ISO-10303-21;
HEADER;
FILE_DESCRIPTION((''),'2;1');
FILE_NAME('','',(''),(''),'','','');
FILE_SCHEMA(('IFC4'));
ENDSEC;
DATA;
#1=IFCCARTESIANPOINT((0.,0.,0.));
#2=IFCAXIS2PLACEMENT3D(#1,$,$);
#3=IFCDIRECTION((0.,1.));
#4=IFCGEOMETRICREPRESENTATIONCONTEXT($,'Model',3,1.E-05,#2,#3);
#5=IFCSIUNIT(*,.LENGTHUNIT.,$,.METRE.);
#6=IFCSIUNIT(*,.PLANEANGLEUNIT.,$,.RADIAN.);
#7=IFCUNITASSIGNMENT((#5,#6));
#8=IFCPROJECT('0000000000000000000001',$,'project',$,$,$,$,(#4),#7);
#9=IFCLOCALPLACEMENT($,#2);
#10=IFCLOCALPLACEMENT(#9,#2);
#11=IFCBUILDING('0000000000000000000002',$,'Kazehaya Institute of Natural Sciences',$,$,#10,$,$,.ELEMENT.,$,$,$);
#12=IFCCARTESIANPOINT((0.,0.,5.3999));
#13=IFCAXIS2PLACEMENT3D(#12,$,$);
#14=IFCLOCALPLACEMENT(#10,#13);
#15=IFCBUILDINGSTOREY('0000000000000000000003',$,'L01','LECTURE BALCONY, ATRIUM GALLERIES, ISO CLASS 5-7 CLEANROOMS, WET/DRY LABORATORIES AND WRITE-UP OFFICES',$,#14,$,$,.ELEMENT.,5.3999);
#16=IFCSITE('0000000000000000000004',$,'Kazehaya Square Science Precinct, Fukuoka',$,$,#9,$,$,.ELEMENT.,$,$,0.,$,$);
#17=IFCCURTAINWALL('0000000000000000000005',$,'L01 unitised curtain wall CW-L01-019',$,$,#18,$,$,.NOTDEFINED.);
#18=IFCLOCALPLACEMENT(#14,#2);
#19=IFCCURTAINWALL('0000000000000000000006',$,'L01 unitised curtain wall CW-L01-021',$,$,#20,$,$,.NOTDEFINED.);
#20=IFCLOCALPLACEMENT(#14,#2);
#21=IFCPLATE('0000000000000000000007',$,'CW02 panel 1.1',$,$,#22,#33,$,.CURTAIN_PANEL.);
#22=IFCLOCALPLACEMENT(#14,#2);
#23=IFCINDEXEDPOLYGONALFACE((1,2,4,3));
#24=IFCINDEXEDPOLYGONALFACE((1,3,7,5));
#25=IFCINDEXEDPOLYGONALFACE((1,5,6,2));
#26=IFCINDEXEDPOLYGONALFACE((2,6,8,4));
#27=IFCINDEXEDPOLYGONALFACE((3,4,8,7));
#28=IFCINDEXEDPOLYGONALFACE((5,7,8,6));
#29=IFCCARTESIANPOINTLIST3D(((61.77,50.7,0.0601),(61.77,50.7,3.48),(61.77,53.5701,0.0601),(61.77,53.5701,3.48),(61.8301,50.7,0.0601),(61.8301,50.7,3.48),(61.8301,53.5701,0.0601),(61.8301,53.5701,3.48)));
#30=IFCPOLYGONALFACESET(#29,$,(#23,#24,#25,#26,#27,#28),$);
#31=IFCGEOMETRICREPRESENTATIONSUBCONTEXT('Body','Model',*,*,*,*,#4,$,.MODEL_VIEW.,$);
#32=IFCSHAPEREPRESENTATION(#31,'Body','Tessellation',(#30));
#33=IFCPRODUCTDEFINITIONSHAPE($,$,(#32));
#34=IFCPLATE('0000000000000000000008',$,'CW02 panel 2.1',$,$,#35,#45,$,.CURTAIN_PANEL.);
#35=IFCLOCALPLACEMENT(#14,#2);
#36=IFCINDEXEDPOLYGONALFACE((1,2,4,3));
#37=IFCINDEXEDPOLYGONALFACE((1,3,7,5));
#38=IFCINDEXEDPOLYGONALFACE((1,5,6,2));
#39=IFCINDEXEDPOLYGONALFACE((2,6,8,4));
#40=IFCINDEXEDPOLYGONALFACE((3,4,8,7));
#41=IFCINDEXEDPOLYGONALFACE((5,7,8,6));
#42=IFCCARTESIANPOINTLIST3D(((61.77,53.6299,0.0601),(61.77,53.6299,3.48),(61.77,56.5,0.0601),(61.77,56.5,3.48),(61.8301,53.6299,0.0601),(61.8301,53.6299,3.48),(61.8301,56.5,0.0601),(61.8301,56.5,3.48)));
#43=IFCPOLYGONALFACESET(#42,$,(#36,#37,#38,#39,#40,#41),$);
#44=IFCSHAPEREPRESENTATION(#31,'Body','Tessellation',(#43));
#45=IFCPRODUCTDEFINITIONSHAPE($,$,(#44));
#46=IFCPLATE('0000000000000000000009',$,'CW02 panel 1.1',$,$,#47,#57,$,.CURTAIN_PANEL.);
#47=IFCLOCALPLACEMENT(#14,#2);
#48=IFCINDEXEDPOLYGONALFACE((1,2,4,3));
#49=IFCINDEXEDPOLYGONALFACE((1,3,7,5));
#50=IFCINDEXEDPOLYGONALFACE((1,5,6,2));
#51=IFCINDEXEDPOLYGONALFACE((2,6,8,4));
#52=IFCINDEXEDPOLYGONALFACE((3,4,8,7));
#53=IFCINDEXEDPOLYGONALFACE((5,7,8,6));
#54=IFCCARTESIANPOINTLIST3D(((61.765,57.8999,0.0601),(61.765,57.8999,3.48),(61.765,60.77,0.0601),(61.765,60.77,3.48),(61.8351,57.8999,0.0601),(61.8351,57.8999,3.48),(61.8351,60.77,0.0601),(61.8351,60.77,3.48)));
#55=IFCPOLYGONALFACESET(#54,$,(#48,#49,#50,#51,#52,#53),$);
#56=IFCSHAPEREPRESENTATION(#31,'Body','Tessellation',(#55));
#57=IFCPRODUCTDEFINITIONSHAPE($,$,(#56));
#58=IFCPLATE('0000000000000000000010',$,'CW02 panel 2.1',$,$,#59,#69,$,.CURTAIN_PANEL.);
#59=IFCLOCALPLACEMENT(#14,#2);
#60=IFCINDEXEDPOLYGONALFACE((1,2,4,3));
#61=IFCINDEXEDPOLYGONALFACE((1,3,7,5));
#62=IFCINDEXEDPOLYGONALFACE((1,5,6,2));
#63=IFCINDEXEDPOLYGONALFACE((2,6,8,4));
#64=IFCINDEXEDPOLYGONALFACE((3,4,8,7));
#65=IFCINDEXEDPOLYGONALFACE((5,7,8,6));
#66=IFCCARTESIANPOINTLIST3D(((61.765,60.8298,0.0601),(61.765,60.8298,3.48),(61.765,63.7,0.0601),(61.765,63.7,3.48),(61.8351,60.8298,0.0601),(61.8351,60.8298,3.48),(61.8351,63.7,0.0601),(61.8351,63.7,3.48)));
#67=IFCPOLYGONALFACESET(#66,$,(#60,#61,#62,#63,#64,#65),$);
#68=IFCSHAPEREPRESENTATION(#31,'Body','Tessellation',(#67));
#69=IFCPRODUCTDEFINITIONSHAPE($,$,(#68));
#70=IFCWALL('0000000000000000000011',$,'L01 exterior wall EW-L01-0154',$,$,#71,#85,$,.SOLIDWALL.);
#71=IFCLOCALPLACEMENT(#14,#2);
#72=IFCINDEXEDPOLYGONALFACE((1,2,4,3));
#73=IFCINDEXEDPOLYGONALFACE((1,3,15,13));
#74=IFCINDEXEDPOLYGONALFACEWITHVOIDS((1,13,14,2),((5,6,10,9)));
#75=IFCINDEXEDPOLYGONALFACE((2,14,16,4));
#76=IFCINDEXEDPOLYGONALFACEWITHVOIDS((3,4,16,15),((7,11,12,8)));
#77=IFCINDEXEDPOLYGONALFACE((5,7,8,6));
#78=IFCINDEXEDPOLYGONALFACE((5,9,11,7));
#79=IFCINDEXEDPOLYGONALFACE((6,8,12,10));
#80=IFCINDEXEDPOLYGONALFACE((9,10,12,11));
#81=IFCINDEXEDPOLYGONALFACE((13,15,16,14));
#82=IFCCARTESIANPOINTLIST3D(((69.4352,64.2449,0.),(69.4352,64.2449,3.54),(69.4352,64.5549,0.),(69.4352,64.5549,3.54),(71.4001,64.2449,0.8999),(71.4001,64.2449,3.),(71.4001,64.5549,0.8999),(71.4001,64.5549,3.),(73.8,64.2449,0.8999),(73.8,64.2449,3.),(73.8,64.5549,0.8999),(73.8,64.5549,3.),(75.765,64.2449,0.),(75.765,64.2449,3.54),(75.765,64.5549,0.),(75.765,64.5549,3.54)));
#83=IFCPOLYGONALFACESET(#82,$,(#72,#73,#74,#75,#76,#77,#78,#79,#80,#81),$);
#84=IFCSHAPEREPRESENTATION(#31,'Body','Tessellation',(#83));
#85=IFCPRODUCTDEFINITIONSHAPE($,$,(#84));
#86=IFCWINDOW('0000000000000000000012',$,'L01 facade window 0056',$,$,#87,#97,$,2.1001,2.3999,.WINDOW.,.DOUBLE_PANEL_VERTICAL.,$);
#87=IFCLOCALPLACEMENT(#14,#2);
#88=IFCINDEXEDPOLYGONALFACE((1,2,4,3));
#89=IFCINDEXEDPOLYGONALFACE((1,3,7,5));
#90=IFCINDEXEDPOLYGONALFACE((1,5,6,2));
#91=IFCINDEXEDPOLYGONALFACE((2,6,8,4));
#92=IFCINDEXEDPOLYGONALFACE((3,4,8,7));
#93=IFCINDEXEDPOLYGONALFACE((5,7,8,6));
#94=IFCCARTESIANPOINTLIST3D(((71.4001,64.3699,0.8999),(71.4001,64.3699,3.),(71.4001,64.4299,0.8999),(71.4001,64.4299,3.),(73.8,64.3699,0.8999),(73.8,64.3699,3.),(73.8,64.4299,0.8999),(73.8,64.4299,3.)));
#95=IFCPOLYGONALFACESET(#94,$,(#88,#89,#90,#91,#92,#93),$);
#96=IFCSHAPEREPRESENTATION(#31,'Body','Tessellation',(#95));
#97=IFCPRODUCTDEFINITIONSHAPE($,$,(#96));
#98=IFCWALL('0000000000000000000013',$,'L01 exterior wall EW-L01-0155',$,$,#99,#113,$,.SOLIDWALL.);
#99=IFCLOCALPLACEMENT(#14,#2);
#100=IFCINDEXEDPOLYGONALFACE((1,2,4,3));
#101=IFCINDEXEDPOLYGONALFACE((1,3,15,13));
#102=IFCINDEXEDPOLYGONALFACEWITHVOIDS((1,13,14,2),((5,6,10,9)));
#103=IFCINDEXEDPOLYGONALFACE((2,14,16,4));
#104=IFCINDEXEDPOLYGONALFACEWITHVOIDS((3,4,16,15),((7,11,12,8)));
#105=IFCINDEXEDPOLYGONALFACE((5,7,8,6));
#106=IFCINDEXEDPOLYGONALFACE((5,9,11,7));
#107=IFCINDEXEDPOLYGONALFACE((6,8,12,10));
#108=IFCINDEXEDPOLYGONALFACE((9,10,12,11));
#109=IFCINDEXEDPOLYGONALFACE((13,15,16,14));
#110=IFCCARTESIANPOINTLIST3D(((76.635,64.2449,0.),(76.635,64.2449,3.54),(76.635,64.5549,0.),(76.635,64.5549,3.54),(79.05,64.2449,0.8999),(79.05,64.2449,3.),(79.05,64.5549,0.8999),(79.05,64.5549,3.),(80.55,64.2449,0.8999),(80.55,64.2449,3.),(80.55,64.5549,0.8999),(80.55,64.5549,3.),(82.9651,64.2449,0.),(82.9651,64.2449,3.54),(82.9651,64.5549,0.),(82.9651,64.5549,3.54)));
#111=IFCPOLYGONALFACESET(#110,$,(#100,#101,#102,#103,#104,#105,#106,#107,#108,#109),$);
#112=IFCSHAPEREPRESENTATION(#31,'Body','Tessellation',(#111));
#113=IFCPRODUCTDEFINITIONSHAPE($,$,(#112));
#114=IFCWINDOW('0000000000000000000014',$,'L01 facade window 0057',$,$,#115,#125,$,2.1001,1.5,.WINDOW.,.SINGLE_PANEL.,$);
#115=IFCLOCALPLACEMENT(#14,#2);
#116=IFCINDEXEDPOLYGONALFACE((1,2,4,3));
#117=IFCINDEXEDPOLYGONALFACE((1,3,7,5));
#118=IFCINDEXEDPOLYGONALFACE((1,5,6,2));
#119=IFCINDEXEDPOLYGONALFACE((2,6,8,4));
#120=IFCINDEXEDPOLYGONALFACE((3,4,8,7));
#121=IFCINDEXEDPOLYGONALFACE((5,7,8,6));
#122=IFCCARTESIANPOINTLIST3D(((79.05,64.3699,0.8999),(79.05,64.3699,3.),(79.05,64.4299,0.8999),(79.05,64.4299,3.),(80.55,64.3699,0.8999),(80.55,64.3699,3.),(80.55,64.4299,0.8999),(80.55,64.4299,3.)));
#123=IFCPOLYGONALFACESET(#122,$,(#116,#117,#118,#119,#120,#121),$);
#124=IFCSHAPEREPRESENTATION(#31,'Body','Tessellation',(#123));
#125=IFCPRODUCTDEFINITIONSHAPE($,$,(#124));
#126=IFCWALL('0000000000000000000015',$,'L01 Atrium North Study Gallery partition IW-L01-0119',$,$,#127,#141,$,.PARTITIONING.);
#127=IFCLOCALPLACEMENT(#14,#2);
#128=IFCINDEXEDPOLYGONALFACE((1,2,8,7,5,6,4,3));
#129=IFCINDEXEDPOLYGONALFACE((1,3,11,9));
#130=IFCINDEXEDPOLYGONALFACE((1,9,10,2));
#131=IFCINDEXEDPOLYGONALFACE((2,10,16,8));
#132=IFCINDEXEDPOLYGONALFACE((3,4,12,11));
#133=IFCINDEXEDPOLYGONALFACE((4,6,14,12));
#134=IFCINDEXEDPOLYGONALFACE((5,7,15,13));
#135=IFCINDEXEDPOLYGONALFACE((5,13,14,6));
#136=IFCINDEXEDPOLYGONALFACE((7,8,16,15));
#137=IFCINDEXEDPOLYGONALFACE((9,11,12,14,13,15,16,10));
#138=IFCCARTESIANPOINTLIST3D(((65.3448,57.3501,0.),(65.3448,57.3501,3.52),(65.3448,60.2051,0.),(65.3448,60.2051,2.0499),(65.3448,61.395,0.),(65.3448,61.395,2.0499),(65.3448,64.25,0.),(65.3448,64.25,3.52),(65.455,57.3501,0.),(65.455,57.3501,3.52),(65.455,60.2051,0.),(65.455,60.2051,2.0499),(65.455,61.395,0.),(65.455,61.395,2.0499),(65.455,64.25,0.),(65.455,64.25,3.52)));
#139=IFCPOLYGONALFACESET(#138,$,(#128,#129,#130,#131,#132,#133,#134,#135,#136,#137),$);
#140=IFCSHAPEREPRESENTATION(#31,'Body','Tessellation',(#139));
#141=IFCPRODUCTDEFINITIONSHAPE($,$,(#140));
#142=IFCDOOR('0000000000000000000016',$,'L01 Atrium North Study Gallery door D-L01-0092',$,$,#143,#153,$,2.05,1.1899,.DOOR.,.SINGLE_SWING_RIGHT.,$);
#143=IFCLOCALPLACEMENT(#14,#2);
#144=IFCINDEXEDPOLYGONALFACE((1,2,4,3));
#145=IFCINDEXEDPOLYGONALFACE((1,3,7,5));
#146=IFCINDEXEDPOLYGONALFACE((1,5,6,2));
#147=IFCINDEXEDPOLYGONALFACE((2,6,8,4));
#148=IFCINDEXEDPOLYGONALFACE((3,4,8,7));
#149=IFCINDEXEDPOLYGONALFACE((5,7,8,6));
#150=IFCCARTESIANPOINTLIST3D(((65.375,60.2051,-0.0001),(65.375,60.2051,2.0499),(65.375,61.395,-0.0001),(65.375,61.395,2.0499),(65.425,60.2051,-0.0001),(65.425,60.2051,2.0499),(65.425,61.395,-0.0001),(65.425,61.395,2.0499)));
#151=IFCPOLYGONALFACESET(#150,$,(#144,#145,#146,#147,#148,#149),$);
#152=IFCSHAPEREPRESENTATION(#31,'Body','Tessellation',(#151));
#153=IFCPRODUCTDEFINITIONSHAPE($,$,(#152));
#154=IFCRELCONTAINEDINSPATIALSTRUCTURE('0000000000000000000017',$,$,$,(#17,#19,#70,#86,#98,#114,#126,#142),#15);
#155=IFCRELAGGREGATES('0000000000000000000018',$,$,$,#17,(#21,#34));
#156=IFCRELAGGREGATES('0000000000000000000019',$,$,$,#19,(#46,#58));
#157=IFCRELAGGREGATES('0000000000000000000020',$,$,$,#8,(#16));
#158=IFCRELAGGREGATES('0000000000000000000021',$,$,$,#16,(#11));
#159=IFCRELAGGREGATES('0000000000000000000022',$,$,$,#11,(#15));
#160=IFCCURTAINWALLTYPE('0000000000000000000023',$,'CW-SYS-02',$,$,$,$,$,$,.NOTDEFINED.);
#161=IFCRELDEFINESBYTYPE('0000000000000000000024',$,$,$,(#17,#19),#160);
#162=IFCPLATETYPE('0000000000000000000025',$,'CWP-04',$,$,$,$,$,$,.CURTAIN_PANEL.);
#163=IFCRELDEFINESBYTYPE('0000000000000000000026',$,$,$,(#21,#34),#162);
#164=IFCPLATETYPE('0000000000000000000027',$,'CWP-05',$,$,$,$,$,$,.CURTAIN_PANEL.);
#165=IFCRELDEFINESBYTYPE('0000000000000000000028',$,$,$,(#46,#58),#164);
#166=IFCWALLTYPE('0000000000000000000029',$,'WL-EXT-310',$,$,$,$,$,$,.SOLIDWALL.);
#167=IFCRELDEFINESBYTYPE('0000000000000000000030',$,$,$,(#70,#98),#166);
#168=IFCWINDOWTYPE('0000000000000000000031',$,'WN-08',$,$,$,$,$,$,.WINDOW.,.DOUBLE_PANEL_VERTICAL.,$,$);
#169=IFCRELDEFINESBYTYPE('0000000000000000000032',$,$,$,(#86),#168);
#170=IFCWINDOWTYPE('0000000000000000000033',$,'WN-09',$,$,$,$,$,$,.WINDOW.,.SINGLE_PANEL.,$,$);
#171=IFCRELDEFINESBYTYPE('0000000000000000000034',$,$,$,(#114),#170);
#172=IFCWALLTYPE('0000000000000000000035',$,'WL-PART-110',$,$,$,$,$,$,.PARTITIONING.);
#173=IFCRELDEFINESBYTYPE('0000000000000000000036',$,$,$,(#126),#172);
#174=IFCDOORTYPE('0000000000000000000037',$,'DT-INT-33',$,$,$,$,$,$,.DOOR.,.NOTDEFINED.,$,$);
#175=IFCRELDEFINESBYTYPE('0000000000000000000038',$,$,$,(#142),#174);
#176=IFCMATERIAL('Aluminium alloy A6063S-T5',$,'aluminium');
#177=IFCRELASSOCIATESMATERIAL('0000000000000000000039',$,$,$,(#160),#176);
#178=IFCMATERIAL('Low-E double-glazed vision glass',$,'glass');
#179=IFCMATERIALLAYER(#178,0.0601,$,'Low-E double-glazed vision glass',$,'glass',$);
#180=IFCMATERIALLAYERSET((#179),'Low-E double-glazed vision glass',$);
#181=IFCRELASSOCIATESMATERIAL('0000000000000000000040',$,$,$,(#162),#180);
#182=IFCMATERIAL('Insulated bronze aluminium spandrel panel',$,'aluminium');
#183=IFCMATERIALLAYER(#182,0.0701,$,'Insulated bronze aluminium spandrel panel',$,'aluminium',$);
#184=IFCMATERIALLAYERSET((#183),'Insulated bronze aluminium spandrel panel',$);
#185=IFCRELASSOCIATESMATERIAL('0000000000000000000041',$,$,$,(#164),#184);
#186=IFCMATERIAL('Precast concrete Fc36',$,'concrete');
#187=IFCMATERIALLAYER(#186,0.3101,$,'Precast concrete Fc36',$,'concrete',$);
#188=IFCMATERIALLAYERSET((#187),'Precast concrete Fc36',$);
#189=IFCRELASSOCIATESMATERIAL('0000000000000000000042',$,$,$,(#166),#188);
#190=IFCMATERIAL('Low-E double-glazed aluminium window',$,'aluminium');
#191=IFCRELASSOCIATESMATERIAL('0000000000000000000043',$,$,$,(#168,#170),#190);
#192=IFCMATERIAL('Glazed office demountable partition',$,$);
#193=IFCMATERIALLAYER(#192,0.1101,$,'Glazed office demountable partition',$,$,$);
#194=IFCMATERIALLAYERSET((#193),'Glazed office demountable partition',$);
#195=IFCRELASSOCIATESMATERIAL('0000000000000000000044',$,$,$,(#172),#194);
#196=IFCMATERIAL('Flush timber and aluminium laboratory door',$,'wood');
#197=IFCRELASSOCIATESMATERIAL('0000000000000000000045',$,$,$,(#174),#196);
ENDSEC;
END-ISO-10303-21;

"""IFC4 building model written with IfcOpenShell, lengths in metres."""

from ifc_helpers import new_model, si_unit, direction, frame, frame_2d, origin, origin_2d, place, context, subcontext, project, spatial, rectangle, extrude, material, layer, layer_set, type_object, element, fill, aggregate, save


model = new_model("IFC4")

# Units and contexts
model_context = context("Model", 3, precision=1e-05, world=origin(), true_north=direction((0.0, 1.0)))
body_context = subcontext(model_context, "Body", "Model", "MODEL_VIEW")
ifc_project = project(units=[si_unit("LENGTHUNIT", "METRE"), si_unit("PLANEANGLEUNIT", "RADIAN")], contexts=[model_context])

# Site, building, storey
site_placement = place(None, origin())
site = spatial("IfcSite", under=ifc_project, at=site_placement, Name="Kazehaya Square Science Precinct, Fukuoka", CompositionType="ELEMENT", RefElevation=0.0)
building_placement = place(site_placement, origin())
building = spatial("IfcBuilding", under=site, at=building_placement, Name="Kazehaya Institute of Natural Sciences", CompositionType="ELEMENT")
storey_placement = place(building_placement, frame((0.0, 0.0, 5.3999)))
storey = spatial("IfcBuildingStorey", under=building, at=storey_placement, Name="L01", Description="LECTURE BALCONY, ATRIUM GALLERIES, ISO CLASS 5-7 CLEANROOMS, WET/DRY LABORATORIES AND WRITE-UP OFFICES", CompositionType="ELEMENT", Elevation=5.3999)

# Curtain walls
ifc_material_1 = material(Name="Aluminium alloy A6063S-T5", Category="aluminium")
curtain_wall_type = type_object("IfcCurtainWallType", Name="CW-SYS-02", PredefinedType="NOTDEFINED", material=ifc_material_1)
curtain_wall_1_placement = place(storey_placement, origin())
curtain_wall_1 = element("IfcCurtainWall", 1, at=curtain_wall_1_placement, inside=storey, type_object=curtain_wall_type, Name="L01 unitised curtain wall CW-L01-019", PredefinedType="NOTDEFINED")
curtain_wall_2_placement = place(storey_placement, origin())
curtain_wall_2 = element("IfcCurtainWall", 2, at=curtain_wall_2_placement, inside=storey, type_object=curtain_wall_type, Name="L01 unitised curtain wall CW-L01-021", PredefinedType="NOTDEFINED")

# Plates
ifc_material_2 = material(Name="Low-E double-glazed vision glass", Category="glass")
ifc_layer_1 = layer(ifc_material_2, 0.0601, Name="Low-E double-glazed vision glass", Category="glass")
ifc_layer_set_1 = layer_set([ifc_layer_1], Name="Low-E double-glazed vision glass")
plate_type_1 = type_object("IfcPlateType", Name="CWP-04", PredefinedType="CURTAIN_PANEL", material=ifc_layer_set_1)
plate_1_placement = place(storey_placement, frame((61.8, 52.135, 0.0601), z_axis=(0.0, 0.0, 1.0), x_axis=(0.0, 1.0, 0.0)))
plate_1 = element("IfcPlate", 3, at=plate_1_placement, type_object=plate_type_1, Name="CW02 panel 1.1", PredefinedType="CURTAIN_PANEL", context=body_context, shape_type="SweptSolid", body=[
    extrude(rectangle(XDim=2.8701, YDim=0.0601, at=origin_2d()), origin(), (0.0, 0.0, 1.0), 3.4199),
])
plate_2_placement = place(storey_placement, frame((61.8, 55.0649, 0.0601), z_axis=(0.0, 0.0, 1.0), x_axis=(0.0, 1.0, 0.0)))
plate_2 = element("IfcPlate", 4, at=plate_2_placement, type_object=plate_type_1, Name="CW02 panel 2.1", PredefinedType="CURTAIN_PANEL", context=body_context, shape_type="SweptSolid", body=[
    extrude(rectangle(XDim=2.8701, YDim=0.0601, at=origin_2d()), origin(), (0.0, 0.0, 1.0), 3.4199),
])
aggregate(curtain_wall_1, [plate_1, plate_2])
ifc_material_3 = material(Name="Insulated bronze aluminium spandrel panel", Category="aluminium")
ifc_layer_2 = layer(ifc_material_3, 0.0701, Name="Insulated bronze aluminium spandrel panel", Category="aluminium")
ifc_layer_set_2 = layer_set([ifc_layer_2], Name="Insulated bronze aluminium spandrel panel")
plate_type_2 = type_object("IfcPlateType", Name="CWP-05", PredefinedType="CURTAIN_PANEL", material=ifc_layer_set_2)
plate_3_placement = place(storey_placement, frame((61.8, 59.335, 0.0601), z_axis=(0.0, 0.0, 1.0), x_axis=(0.0, 1.0, 0.0)))
plate_3 = element("IfcPlate", 5, at=plate_3_placement, type_object=plate_type_2, Name="CW02 panel 1.1", PredefinedType="CURTAIN_PANEL", context=body_context, shape_type="SweptSolid", body=[
    extrude(rectangle(XDim=2.8701, YDim=0.0701, at=origin_2d()), origin(), (0.0, 0.0, 1.0), 3.4199),
])
plate_4_placement = place(storey_placement, frame((61.8, 62.2649, 0.0601), z_axis=(0.0, 0.0, 1.0), x_axis=(0.0, 1.0, 0.0)))
plate_4 = element("IfcPlate", 6, at=plate_4_placement, type_object=plate_type_2, Name="CW02 panel 2.1", PredefinedType="CURTAIN_PANEL", context=body_context, shape_type="SweptSolid", body=[
    extrude(rectangle(XDim=2.8701, YDim=0.0701, at=origin_2d()), origin(), (0.0, 0.0, 1.0), 3.4199),
])
aggregate(curtain_wall_2, [plate_3, plate_4])

# Walls, openings, windows
ifc_material_4 = material(Name="Precast concrete Fc36", Category="concrete")
ifc_layer_3 = layer(ifc_material_4, 0.3101, Name="Precast concrete Fc36", Category="concrete")
ifc_layer_set_3 = layer_set([ifc_layer_3], Name="Precast concrete Fc36")
wall_type_1 = type_object("IfcWallType", Name="WL-EXT-310", PredefinedType="SOLIDWALL", material=ifc_layer_set_3)
wall_1_placement = place(storey_placement, frame((69.4351, 64.3999, 0.0), z_axis=(0.0, 0.0, 1.0), x_axis=(1.0, 0.0, 0.0)))
wall_1 = element("IfcWall", 7, at=wall_1_placement, inside=storey, type_object=wall_type_1, Name="L01 exterior wall EW-L01-0154", PredefinedType="SOLIDWALL", context=body_context, shape_type="SweptSolid", body=[
    extrude(rectangle(XDim=6.3298, YDim=0.3101, at=frame_2d((3.165, 0.0))), origin(), (0.0, 0.0, 1.0), 3.54),
])
opening_1_placement = place(wall_1_placement, frame((1.9651, 0.0, 0.8999)))
opening_1 = element("IfcOpeningElement", 8, at=opening_1_placement, cuts=wall_1, PredefinedType="OPENING", context=body_context, shape_type="SweptSolid", body=[
    extrude(rectangle(XDim=2.3999, YDim=2.1001, at=frame_2d((1.2, 1.05))), frame((0.0, 0.165, 0.0), z_axis=(0.0, -1.0, 0.0), x_axis=(1.0, 0.0, 0.0)), (0.0, 0.0, 1.0), 0.3301),
])
ifc_material_5 = material(Name="Low-E double-glazed aluminium window", Category="aluminium")
window_type_1 = type_object("IfcWindowType", Name="WN-08", PartitioningType="DOUBLE_PANEL_VERTICAL", PredefinedType="WINDOW", material=ifc_material_5)
window_1_placement = place(opening_1_placement, origin())
window_1 = element("IfcWindow", 9, at=window_1_placement, inside=storey, type_object=window_type_1, Name="L01 facade window 0056", OverallHeight=2.1001, OverallWidth=2.3999, PartitioningType="DOUBLE_PANEL_VERTICAL", PredefinedType="WINDOW", context=body_context, shape_type="SweptSolid", body=[
    extrude(rectangle(XDim=2.3999, YDim=2.1001, at=frame_2d((1.2, 1.05))), frame((0.0, 0.03, 0.0), z_axis=(0.0, -1.0, 0.0), x_axis=(1.0, 0.0, 0.0)), (0.0, 0.0, 1.0), 0.0601),
])
fill(opening_1, window_1)
wall_2_placement = place(storey_placement, frame((76.635, 64.3999, 0.0), z_axis=(0.0, 0.0, 1.0), x_axis=(1.0, 0.0, 0.0)))
wall_2 = element("IfcWall", 10, at=wall_2_placement, inside=storey, type_object=wall_type_1, Name="L01 exterior wall EW-L01-0155", PredefinedType="SOLIDWALL", context=body_context, shape_type="SweptSolid", body=[
    extrude(rectangle(XDim=6.3301, YDim=0.3101, at=frame_2d((3.165, 0.0))), origin(), (0.0, 0.0, 1.0), 3.54),
])
opening_2_placement = place(wall_2_placement, frame((2.415, 0.0, 0.8999)))
opening_2 = element("IfcOpeningElement", 11, at=opening_2_placement, cuts=wall_2, PredefinedType="OPENING", context=body_context, shape_type="SweptSolid", body=[
    extrude(rectangle(XDim=1.5, YDim=2.1001, at=frame_2d((0.75, 1.05))), frame((0.0, 0.165, 0.0), z_axis=(0.0, -1.0, 0.0), x_axis=(1.0, 0.0, 0.0)), (0.0, 0.0, 1.0), 0.3301),
])
window_type_2 = type_object("IfcWindowType", Name="WN-09", PartitioningType="SINGLE_PANEL", PredefinedType="WINDOW", material=ifc_material_5)
window_2_placement = place(opening_2_placement, origin())
window_2 = element("IfcWindow", 12, at=window_2_placement, inside=storey, type_object=window_type_2, Name="L01 facade window 0057", OverallHeight=2.1001, OverallWidth=1.5, PartitioningType="SINGLE_PANEL", PredefinedType="WINDOW", context=body_context, shape_type="SweptSolid", body=[
    extrude(rectangle(XDim=1.5, YDim=2.1001, at=frame_2d((0.75, 1.05))), frame((0.0, 0.03, 0.0), z_axis=(0.0, -1.0, 0.0), x_axis=(1.0, 0.0, 0.0)), (0.0, 0.0, 1.0), 0.0601),
])
fill(opening_2, window_2)

# Wall, opening, door
ifc_material_6 = material(Name="Glazed office demountable partition")
ifc_layer_4 = layer(ifc_material_6, 0.1101, Name="Glazed office demountable partition")
ifc_layer_set_4 = layer_set([ifc_layer_4], Name="Glazed office demountable partition")
wall_type_2 = type_object("IfcWallType", Name="WL-PART-110", PredefinedType="PARTITIONING", material=ifc_layer_set_4)
wall_3_placement = place(storey_placement, frame((65.3999, 57.3501, 0.0), z_axis=(0.0, 0.0, 1.0), x_axis=(0.0, 1.0, 0.0)))
wall_3 = element("IfcWall", 13, at=wall_3_placement, inside=storey, type_object=wall_type_2, Name="L01 Atrium North Study Gallery partition IW-L01-0119", PredefinedType="PARTITIONING", context=body_context, shape_type="SweptSolid", body=[
    extrude(rectangle(XDim=6.8999, YDim=0.1101, at=frame_2d((3.45, 0.0))), origin(), (0.0, 0.0, 1.0), 3.52),
])
opening_3_placement = place(wall_3_placement, frame((2.855, 0.0, 0.0)))
opening_3 = element("IfcOpeningElement", 14, at=opening_3_placement, cuts=wall_3, PredefinedType="OPENING", context=body_context, shape_type="SweptSolid", body=[
    extrude(rectangle(XDim=1.1899, YDim=2.05, at=frame_2d((0.595, 1.0249))), frame((0.0, 0.0649, 0.0), z_axis=(0.0, -1.0, 0.0), x_axis=(1.0, 0.0, 0.0)), (0.0, 0.0, 1.0), 0.1301),
])
ifc_material_7 = material(Name="Flush timber and aluminium laboratory door", Category="wood")
door_type = type_object("IfcDoorType", Name="DT-INT-33", OperationType="NOTDEFINED", PredefinedType="DOOR", material=ifc_material_7)
door_placement = place(opening_3_placement, origin())
door = element("IfcDoor", 15, at=door_placement, inside=storey, type_object=door_type, Name="L01 Atrium North Study Gallery door D-L01-0092", OperationType="SINGLE_SWING_RIGHT", OverallHeight=2.05, OverallWidth=1.1899, PredefinedType="DOOR", context=body_context, shape_type="SweptSolid", body=[
    extrude(rectangle(XDim=1.1899, YDim=2.05, at=frame_2d((0.595, 1.0249))), frame((0.0, 0.0249, 0.0), z_axis=(0.0, -1.0, 0.0), x_axis=(1.0, 0.0, 0.0)), (0.0, 0.0, 1.0), 0.05),
])
fill(opening_3, door)

save(model, "model.ifc")
